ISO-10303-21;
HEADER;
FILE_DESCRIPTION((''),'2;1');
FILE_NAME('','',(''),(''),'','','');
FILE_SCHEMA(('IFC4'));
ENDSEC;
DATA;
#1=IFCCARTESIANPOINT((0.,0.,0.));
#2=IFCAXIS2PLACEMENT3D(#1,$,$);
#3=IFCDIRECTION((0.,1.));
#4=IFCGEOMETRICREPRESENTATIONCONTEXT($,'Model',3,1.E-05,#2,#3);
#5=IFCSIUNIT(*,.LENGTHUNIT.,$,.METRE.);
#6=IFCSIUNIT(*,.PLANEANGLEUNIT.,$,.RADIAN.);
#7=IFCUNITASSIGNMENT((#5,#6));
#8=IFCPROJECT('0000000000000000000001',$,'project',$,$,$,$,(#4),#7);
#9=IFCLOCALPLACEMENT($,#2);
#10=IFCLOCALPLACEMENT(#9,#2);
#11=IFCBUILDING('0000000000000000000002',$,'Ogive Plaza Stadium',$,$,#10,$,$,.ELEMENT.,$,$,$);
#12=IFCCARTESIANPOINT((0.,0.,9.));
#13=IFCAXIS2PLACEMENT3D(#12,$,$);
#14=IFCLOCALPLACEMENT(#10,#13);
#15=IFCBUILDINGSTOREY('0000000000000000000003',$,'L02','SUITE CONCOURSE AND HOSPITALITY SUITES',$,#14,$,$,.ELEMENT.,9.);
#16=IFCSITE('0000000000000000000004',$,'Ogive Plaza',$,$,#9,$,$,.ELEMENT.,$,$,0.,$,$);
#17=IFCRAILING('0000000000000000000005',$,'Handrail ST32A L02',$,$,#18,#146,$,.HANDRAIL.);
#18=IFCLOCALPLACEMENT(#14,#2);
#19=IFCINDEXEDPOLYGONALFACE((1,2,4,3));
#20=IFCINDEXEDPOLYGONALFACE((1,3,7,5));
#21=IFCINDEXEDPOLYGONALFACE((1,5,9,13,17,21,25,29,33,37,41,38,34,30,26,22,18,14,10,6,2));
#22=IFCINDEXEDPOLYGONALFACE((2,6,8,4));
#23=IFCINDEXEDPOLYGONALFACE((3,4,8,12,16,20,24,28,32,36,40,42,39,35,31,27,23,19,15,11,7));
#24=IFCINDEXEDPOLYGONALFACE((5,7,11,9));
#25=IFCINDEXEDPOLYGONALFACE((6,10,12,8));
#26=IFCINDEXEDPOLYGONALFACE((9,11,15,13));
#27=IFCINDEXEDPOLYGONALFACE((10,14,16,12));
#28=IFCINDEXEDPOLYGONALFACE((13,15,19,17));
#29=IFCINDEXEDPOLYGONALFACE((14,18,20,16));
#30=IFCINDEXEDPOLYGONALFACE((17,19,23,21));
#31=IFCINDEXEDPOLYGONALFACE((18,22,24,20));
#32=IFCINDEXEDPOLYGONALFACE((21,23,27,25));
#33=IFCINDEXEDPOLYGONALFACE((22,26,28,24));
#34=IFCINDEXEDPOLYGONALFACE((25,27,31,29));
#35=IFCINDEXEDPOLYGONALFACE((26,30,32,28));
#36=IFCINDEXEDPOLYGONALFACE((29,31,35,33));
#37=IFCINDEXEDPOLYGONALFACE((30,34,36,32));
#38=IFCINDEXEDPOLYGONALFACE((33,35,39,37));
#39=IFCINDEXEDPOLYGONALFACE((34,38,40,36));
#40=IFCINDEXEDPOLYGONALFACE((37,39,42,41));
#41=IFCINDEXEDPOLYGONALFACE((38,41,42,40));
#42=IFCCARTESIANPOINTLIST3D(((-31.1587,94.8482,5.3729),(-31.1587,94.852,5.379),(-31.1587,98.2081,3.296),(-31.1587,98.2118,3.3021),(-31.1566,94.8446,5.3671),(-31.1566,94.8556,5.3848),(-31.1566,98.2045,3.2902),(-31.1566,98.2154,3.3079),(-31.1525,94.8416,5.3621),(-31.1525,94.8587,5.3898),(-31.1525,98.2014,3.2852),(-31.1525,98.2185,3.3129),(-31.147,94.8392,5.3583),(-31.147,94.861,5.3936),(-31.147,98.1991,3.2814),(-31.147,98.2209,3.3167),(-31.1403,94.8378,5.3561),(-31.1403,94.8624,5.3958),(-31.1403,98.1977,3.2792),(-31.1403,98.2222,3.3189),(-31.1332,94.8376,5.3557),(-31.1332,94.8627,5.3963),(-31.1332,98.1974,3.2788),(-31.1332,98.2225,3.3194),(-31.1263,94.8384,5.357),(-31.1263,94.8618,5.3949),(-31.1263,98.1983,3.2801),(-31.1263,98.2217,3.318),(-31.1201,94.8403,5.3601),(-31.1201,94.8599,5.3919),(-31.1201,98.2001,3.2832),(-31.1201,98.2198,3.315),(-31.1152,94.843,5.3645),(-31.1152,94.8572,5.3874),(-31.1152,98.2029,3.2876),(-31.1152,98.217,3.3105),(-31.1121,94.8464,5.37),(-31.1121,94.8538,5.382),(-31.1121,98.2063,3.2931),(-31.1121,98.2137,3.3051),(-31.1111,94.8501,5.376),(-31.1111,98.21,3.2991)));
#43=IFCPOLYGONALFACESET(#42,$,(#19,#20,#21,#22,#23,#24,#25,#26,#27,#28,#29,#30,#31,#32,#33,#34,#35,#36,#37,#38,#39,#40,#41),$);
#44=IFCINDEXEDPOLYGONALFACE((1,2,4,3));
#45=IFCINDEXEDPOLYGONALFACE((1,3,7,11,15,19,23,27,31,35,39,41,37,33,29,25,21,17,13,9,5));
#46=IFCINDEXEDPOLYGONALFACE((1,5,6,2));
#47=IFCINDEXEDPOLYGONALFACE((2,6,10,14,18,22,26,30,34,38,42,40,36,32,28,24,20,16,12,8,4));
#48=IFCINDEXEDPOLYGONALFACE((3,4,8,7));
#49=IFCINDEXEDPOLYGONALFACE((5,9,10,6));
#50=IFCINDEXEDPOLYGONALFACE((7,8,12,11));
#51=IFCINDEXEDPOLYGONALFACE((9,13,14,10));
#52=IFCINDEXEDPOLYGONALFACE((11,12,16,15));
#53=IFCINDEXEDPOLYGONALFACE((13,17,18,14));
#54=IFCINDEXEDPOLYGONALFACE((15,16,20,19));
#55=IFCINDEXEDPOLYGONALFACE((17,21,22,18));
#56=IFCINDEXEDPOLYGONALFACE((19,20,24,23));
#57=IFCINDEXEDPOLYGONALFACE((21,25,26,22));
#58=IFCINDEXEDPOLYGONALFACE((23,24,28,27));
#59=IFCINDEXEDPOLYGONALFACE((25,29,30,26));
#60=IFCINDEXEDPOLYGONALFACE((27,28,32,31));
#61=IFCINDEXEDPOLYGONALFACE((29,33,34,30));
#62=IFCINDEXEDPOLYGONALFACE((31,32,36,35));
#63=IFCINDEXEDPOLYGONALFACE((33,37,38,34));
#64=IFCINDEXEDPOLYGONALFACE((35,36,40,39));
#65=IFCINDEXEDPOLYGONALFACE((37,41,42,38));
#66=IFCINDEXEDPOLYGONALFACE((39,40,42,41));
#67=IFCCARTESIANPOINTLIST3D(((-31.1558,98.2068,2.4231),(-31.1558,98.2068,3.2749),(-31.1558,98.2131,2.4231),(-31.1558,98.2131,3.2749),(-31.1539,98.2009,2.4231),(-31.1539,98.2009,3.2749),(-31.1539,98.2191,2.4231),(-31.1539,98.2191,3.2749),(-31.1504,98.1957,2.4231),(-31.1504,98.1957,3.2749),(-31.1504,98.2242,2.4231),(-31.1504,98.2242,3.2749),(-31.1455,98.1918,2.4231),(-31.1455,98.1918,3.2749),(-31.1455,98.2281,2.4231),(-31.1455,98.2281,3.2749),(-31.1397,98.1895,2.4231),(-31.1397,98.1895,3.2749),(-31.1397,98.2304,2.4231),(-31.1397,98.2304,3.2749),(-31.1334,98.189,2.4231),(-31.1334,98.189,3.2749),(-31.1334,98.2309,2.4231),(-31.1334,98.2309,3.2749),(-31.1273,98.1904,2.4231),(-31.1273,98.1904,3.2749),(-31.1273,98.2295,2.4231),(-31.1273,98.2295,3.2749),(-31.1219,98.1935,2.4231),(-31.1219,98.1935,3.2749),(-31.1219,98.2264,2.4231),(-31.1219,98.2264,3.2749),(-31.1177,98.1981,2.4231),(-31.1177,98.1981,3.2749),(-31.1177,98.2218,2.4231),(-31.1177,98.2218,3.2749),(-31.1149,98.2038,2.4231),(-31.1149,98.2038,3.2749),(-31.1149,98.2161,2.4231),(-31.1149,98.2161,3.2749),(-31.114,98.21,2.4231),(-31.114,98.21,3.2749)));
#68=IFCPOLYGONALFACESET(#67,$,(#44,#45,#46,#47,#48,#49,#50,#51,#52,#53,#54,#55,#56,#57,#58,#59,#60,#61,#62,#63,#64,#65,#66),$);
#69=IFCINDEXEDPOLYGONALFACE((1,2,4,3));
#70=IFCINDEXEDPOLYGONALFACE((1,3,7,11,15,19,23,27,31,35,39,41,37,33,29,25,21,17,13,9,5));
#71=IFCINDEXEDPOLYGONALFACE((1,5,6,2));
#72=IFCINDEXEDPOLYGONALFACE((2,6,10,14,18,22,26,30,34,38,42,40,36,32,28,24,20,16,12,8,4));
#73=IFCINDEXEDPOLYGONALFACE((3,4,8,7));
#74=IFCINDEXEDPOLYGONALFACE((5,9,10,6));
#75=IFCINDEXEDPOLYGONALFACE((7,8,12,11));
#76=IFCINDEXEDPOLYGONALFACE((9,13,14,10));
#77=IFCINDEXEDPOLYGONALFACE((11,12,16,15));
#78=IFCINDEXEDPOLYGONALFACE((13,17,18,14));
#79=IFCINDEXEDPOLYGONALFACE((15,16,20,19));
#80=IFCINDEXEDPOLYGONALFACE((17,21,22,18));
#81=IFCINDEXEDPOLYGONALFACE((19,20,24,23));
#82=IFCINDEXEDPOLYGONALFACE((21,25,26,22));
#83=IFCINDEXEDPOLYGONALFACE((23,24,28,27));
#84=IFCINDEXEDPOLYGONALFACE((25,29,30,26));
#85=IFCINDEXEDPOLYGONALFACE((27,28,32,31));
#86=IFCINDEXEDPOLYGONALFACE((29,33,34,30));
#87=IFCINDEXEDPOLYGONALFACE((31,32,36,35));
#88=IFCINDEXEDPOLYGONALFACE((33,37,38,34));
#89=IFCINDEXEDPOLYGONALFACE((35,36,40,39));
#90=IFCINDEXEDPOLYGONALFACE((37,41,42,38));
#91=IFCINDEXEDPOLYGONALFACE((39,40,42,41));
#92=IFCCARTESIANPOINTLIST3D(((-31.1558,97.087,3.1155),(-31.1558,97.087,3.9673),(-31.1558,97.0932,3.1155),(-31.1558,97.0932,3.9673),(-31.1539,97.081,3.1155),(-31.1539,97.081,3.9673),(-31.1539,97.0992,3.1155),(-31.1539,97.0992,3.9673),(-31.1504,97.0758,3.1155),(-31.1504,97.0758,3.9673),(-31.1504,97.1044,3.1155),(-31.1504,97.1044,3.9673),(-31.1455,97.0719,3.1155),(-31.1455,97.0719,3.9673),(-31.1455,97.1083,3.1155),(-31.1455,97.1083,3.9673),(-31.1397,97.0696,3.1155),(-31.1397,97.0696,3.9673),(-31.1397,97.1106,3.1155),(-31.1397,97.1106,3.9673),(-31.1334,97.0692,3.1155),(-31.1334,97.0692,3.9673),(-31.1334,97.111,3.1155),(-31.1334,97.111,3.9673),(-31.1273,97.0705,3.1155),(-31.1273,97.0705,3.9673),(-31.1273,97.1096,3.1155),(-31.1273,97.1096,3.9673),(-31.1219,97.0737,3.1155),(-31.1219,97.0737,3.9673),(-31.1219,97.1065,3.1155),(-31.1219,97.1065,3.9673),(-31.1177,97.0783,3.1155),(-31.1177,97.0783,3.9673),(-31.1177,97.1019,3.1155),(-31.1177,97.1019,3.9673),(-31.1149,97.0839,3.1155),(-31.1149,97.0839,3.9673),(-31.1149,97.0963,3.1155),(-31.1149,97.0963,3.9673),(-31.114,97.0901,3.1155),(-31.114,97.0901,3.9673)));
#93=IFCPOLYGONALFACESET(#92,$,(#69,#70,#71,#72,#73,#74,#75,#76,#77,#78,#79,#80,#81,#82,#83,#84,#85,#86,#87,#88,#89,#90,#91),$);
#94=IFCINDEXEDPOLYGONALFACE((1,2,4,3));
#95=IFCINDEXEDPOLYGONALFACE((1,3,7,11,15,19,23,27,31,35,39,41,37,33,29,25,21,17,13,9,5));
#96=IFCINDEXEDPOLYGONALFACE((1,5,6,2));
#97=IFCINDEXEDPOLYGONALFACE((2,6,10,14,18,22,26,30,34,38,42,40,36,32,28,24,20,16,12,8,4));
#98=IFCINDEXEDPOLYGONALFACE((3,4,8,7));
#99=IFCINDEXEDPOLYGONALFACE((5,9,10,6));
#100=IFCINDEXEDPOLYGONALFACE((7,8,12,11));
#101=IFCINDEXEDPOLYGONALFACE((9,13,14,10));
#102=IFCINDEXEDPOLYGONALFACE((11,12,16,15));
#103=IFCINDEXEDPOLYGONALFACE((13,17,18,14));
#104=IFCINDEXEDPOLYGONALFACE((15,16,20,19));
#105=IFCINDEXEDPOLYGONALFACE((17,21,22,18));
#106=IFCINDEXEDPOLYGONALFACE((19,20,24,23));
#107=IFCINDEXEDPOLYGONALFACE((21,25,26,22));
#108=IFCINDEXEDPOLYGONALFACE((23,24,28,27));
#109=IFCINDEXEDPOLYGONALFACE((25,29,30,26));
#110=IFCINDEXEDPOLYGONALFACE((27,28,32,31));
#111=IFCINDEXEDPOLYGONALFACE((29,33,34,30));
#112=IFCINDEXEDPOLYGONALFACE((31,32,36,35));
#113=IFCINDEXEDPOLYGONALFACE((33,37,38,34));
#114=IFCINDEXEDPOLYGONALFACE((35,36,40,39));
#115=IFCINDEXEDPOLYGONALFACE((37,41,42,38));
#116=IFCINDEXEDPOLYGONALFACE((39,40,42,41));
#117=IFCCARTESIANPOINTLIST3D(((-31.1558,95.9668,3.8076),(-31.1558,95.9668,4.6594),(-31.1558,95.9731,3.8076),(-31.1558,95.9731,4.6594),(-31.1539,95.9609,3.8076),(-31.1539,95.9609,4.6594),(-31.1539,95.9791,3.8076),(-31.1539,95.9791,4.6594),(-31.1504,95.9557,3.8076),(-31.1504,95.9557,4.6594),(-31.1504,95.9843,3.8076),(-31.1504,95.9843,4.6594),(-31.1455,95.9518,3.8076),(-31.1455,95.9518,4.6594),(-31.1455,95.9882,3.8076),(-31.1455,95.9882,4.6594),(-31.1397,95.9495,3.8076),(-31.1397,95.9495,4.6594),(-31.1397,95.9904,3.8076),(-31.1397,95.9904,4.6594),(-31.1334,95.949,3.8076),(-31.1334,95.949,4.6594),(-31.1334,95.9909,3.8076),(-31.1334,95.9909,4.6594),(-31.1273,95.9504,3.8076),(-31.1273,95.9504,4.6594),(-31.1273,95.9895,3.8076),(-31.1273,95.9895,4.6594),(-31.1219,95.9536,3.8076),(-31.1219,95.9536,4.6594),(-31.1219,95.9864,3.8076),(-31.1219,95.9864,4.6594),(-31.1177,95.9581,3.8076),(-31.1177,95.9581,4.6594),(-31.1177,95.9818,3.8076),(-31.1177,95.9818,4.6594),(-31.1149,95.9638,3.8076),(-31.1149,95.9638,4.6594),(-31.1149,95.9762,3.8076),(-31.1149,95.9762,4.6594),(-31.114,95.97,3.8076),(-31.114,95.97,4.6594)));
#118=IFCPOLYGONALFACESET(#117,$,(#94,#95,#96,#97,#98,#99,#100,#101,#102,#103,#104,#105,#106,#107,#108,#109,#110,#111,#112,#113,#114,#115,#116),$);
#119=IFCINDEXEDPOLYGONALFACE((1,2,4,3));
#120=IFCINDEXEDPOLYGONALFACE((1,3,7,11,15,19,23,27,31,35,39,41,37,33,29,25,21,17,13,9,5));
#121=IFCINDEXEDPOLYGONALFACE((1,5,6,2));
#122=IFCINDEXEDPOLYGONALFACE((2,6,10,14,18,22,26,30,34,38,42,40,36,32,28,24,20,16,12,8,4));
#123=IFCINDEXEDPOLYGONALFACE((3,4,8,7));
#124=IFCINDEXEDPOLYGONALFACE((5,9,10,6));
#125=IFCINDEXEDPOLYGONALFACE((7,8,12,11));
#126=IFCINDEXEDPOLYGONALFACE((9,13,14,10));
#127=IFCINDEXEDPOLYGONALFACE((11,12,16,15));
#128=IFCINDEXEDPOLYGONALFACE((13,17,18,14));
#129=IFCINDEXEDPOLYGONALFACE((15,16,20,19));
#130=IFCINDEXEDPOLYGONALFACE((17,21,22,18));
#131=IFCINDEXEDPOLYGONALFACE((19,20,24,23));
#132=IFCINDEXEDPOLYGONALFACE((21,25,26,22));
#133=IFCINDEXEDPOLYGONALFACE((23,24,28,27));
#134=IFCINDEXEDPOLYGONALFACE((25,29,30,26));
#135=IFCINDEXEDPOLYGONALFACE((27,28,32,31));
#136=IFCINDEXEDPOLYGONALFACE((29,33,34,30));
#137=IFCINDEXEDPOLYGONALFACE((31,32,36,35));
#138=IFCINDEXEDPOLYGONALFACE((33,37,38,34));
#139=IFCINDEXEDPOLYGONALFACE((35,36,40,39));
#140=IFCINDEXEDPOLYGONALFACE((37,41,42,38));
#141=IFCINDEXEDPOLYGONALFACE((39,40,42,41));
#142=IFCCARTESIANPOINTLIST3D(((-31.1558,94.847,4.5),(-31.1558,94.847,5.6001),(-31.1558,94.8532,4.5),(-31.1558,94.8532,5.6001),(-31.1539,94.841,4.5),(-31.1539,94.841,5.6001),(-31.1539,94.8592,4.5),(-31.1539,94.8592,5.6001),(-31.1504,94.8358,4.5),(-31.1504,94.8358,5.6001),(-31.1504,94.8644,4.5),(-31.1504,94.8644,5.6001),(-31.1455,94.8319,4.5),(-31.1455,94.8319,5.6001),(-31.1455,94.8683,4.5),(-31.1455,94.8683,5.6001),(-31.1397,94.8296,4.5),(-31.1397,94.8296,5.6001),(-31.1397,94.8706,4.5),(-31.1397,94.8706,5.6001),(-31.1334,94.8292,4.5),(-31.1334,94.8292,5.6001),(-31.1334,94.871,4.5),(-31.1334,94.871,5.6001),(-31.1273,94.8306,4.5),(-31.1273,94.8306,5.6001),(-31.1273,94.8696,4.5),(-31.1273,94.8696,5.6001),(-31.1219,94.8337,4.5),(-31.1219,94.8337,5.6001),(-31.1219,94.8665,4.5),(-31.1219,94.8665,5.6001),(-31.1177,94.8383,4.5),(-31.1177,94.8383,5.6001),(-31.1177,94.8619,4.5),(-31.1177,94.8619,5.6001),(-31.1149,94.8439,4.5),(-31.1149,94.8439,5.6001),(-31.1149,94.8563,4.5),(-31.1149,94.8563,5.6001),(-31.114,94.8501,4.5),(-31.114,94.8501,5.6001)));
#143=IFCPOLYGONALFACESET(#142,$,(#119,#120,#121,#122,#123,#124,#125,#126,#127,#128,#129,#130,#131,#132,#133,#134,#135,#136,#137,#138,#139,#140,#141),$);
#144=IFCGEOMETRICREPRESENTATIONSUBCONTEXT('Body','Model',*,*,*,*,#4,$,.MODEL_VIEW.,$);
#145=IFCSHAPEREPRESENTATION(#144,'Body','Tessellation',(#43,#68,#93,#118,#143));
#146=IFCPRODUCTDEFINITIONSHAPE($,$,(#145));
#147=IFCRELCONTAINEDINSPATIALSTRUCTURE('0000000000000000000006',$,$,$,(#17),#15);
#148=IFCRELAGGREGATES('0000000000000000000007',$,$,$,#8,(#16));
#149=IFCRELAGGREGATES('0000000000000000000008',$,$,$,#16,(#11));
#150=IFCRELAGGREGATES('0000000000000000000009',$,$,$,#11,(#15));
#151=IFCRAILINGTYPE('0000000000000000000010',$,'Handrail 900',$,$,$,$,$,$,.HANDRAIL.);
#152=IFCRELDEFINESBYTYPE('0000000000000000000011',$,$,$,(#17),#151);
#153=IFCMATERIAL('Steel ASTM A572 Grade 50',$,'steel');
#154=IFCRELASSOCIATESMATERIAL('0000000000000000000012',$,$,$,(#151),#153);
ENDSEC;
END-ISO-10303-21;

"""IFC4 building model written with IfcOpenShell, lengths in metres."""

from ifc_helpers import new_model, si_unit, direction, frame, origin, origin_2d, place, context, subcontext, project, spatial, circle, extrude, material, type_object, element, save


model = new_model("IFC4")

# Units and contexts
model_context = context("Model", 3, precision=1e-05, world=origin(), true_north=direction((0.0, 1.0)))
body_context = subcontext(model_context, "Body", "Model", "MODEL_VIEW")
ifc_project = project(units=[si_unit("LENGTHUNIT", "METRE"), si_unit("PLANEANGLEUNIT", "RADIAN")], contexts=[model_context])

# Site, building, storey
site_placement = place(None, origin())
site = spatial("IfcSite", under=ifc_project, at=site_placement, Name="Ogive Plaza", CompositionType="ELEMENT", RefElevation=0.0)
building_placement = place(site_placement, origin())
building = spatial("IfcBuilding", under=site, at=building_placement, Name="Ogive Plaza Stadium", CompositionType="ELEMENT")
storey_placement = place(building_placement, frame((0.0, 0.0, 9.0)))
storey = spatial("IfcBuildingStorey", under=building, at=storey_placement, Name="L02", Description="SUITE CONCOURSE AND HOSPITALITY SUITES", CompositionType="ELEMENT", Elevation=9.0)

# Railing
ifc_material_1 = material(Name="Steel ASTM A572 Grade 50", Category="steel")
railing_type_1 = type_object("IfcRailingType", Name="Handrail 900", PredefinedType="HANDRAIL", material=ifc_material_1)
for number, where, name in (
    (1, (-31.135, 98.21, 2.4231), "Handrail ST32A L02"),
):
    element("IfcRailing", number, at=place(storey_placement, frame(where)), inside=storey, type_object=railing_type_1, Name=name, PredefinedType="HANDRAIL", context=body_context, shape_type="SweptSolid", body=[
        extrude(circle(Radius=0.0239, at=origin_2d()), frame((0.0, 0.0, 0.876), z_axis=(0.0, -0.850606, 0.525803), x_axis=(1.0, 0.0, 0.0)), (0.0, 0.0, 1.0), 3.95),
        extrude(circle(Radius=0.021, at=origin_2d()), origin(), (0.0, 0.0, 1.0), 0.8518),
        extrude(circle(Radius=0.021, at=origin_2d()), frame((0.0, -1.1199, 0.6924)), (0.0, 0.0, 1.0), 0.8518),
        extrude(circle(Radius=0.021, at=origin_2d()), frame((0.0, -2.24, 1.3845)), (0.0, 0.0, 1.0), 0.8518),
        extrude(circle(Radius=0.021, at=origin_2d()), frame((0.0, -3.3599, 2.0769)), (0.0, 0.0, 1.0), 1.1001),
    ])

save(model, "model.ifc")
